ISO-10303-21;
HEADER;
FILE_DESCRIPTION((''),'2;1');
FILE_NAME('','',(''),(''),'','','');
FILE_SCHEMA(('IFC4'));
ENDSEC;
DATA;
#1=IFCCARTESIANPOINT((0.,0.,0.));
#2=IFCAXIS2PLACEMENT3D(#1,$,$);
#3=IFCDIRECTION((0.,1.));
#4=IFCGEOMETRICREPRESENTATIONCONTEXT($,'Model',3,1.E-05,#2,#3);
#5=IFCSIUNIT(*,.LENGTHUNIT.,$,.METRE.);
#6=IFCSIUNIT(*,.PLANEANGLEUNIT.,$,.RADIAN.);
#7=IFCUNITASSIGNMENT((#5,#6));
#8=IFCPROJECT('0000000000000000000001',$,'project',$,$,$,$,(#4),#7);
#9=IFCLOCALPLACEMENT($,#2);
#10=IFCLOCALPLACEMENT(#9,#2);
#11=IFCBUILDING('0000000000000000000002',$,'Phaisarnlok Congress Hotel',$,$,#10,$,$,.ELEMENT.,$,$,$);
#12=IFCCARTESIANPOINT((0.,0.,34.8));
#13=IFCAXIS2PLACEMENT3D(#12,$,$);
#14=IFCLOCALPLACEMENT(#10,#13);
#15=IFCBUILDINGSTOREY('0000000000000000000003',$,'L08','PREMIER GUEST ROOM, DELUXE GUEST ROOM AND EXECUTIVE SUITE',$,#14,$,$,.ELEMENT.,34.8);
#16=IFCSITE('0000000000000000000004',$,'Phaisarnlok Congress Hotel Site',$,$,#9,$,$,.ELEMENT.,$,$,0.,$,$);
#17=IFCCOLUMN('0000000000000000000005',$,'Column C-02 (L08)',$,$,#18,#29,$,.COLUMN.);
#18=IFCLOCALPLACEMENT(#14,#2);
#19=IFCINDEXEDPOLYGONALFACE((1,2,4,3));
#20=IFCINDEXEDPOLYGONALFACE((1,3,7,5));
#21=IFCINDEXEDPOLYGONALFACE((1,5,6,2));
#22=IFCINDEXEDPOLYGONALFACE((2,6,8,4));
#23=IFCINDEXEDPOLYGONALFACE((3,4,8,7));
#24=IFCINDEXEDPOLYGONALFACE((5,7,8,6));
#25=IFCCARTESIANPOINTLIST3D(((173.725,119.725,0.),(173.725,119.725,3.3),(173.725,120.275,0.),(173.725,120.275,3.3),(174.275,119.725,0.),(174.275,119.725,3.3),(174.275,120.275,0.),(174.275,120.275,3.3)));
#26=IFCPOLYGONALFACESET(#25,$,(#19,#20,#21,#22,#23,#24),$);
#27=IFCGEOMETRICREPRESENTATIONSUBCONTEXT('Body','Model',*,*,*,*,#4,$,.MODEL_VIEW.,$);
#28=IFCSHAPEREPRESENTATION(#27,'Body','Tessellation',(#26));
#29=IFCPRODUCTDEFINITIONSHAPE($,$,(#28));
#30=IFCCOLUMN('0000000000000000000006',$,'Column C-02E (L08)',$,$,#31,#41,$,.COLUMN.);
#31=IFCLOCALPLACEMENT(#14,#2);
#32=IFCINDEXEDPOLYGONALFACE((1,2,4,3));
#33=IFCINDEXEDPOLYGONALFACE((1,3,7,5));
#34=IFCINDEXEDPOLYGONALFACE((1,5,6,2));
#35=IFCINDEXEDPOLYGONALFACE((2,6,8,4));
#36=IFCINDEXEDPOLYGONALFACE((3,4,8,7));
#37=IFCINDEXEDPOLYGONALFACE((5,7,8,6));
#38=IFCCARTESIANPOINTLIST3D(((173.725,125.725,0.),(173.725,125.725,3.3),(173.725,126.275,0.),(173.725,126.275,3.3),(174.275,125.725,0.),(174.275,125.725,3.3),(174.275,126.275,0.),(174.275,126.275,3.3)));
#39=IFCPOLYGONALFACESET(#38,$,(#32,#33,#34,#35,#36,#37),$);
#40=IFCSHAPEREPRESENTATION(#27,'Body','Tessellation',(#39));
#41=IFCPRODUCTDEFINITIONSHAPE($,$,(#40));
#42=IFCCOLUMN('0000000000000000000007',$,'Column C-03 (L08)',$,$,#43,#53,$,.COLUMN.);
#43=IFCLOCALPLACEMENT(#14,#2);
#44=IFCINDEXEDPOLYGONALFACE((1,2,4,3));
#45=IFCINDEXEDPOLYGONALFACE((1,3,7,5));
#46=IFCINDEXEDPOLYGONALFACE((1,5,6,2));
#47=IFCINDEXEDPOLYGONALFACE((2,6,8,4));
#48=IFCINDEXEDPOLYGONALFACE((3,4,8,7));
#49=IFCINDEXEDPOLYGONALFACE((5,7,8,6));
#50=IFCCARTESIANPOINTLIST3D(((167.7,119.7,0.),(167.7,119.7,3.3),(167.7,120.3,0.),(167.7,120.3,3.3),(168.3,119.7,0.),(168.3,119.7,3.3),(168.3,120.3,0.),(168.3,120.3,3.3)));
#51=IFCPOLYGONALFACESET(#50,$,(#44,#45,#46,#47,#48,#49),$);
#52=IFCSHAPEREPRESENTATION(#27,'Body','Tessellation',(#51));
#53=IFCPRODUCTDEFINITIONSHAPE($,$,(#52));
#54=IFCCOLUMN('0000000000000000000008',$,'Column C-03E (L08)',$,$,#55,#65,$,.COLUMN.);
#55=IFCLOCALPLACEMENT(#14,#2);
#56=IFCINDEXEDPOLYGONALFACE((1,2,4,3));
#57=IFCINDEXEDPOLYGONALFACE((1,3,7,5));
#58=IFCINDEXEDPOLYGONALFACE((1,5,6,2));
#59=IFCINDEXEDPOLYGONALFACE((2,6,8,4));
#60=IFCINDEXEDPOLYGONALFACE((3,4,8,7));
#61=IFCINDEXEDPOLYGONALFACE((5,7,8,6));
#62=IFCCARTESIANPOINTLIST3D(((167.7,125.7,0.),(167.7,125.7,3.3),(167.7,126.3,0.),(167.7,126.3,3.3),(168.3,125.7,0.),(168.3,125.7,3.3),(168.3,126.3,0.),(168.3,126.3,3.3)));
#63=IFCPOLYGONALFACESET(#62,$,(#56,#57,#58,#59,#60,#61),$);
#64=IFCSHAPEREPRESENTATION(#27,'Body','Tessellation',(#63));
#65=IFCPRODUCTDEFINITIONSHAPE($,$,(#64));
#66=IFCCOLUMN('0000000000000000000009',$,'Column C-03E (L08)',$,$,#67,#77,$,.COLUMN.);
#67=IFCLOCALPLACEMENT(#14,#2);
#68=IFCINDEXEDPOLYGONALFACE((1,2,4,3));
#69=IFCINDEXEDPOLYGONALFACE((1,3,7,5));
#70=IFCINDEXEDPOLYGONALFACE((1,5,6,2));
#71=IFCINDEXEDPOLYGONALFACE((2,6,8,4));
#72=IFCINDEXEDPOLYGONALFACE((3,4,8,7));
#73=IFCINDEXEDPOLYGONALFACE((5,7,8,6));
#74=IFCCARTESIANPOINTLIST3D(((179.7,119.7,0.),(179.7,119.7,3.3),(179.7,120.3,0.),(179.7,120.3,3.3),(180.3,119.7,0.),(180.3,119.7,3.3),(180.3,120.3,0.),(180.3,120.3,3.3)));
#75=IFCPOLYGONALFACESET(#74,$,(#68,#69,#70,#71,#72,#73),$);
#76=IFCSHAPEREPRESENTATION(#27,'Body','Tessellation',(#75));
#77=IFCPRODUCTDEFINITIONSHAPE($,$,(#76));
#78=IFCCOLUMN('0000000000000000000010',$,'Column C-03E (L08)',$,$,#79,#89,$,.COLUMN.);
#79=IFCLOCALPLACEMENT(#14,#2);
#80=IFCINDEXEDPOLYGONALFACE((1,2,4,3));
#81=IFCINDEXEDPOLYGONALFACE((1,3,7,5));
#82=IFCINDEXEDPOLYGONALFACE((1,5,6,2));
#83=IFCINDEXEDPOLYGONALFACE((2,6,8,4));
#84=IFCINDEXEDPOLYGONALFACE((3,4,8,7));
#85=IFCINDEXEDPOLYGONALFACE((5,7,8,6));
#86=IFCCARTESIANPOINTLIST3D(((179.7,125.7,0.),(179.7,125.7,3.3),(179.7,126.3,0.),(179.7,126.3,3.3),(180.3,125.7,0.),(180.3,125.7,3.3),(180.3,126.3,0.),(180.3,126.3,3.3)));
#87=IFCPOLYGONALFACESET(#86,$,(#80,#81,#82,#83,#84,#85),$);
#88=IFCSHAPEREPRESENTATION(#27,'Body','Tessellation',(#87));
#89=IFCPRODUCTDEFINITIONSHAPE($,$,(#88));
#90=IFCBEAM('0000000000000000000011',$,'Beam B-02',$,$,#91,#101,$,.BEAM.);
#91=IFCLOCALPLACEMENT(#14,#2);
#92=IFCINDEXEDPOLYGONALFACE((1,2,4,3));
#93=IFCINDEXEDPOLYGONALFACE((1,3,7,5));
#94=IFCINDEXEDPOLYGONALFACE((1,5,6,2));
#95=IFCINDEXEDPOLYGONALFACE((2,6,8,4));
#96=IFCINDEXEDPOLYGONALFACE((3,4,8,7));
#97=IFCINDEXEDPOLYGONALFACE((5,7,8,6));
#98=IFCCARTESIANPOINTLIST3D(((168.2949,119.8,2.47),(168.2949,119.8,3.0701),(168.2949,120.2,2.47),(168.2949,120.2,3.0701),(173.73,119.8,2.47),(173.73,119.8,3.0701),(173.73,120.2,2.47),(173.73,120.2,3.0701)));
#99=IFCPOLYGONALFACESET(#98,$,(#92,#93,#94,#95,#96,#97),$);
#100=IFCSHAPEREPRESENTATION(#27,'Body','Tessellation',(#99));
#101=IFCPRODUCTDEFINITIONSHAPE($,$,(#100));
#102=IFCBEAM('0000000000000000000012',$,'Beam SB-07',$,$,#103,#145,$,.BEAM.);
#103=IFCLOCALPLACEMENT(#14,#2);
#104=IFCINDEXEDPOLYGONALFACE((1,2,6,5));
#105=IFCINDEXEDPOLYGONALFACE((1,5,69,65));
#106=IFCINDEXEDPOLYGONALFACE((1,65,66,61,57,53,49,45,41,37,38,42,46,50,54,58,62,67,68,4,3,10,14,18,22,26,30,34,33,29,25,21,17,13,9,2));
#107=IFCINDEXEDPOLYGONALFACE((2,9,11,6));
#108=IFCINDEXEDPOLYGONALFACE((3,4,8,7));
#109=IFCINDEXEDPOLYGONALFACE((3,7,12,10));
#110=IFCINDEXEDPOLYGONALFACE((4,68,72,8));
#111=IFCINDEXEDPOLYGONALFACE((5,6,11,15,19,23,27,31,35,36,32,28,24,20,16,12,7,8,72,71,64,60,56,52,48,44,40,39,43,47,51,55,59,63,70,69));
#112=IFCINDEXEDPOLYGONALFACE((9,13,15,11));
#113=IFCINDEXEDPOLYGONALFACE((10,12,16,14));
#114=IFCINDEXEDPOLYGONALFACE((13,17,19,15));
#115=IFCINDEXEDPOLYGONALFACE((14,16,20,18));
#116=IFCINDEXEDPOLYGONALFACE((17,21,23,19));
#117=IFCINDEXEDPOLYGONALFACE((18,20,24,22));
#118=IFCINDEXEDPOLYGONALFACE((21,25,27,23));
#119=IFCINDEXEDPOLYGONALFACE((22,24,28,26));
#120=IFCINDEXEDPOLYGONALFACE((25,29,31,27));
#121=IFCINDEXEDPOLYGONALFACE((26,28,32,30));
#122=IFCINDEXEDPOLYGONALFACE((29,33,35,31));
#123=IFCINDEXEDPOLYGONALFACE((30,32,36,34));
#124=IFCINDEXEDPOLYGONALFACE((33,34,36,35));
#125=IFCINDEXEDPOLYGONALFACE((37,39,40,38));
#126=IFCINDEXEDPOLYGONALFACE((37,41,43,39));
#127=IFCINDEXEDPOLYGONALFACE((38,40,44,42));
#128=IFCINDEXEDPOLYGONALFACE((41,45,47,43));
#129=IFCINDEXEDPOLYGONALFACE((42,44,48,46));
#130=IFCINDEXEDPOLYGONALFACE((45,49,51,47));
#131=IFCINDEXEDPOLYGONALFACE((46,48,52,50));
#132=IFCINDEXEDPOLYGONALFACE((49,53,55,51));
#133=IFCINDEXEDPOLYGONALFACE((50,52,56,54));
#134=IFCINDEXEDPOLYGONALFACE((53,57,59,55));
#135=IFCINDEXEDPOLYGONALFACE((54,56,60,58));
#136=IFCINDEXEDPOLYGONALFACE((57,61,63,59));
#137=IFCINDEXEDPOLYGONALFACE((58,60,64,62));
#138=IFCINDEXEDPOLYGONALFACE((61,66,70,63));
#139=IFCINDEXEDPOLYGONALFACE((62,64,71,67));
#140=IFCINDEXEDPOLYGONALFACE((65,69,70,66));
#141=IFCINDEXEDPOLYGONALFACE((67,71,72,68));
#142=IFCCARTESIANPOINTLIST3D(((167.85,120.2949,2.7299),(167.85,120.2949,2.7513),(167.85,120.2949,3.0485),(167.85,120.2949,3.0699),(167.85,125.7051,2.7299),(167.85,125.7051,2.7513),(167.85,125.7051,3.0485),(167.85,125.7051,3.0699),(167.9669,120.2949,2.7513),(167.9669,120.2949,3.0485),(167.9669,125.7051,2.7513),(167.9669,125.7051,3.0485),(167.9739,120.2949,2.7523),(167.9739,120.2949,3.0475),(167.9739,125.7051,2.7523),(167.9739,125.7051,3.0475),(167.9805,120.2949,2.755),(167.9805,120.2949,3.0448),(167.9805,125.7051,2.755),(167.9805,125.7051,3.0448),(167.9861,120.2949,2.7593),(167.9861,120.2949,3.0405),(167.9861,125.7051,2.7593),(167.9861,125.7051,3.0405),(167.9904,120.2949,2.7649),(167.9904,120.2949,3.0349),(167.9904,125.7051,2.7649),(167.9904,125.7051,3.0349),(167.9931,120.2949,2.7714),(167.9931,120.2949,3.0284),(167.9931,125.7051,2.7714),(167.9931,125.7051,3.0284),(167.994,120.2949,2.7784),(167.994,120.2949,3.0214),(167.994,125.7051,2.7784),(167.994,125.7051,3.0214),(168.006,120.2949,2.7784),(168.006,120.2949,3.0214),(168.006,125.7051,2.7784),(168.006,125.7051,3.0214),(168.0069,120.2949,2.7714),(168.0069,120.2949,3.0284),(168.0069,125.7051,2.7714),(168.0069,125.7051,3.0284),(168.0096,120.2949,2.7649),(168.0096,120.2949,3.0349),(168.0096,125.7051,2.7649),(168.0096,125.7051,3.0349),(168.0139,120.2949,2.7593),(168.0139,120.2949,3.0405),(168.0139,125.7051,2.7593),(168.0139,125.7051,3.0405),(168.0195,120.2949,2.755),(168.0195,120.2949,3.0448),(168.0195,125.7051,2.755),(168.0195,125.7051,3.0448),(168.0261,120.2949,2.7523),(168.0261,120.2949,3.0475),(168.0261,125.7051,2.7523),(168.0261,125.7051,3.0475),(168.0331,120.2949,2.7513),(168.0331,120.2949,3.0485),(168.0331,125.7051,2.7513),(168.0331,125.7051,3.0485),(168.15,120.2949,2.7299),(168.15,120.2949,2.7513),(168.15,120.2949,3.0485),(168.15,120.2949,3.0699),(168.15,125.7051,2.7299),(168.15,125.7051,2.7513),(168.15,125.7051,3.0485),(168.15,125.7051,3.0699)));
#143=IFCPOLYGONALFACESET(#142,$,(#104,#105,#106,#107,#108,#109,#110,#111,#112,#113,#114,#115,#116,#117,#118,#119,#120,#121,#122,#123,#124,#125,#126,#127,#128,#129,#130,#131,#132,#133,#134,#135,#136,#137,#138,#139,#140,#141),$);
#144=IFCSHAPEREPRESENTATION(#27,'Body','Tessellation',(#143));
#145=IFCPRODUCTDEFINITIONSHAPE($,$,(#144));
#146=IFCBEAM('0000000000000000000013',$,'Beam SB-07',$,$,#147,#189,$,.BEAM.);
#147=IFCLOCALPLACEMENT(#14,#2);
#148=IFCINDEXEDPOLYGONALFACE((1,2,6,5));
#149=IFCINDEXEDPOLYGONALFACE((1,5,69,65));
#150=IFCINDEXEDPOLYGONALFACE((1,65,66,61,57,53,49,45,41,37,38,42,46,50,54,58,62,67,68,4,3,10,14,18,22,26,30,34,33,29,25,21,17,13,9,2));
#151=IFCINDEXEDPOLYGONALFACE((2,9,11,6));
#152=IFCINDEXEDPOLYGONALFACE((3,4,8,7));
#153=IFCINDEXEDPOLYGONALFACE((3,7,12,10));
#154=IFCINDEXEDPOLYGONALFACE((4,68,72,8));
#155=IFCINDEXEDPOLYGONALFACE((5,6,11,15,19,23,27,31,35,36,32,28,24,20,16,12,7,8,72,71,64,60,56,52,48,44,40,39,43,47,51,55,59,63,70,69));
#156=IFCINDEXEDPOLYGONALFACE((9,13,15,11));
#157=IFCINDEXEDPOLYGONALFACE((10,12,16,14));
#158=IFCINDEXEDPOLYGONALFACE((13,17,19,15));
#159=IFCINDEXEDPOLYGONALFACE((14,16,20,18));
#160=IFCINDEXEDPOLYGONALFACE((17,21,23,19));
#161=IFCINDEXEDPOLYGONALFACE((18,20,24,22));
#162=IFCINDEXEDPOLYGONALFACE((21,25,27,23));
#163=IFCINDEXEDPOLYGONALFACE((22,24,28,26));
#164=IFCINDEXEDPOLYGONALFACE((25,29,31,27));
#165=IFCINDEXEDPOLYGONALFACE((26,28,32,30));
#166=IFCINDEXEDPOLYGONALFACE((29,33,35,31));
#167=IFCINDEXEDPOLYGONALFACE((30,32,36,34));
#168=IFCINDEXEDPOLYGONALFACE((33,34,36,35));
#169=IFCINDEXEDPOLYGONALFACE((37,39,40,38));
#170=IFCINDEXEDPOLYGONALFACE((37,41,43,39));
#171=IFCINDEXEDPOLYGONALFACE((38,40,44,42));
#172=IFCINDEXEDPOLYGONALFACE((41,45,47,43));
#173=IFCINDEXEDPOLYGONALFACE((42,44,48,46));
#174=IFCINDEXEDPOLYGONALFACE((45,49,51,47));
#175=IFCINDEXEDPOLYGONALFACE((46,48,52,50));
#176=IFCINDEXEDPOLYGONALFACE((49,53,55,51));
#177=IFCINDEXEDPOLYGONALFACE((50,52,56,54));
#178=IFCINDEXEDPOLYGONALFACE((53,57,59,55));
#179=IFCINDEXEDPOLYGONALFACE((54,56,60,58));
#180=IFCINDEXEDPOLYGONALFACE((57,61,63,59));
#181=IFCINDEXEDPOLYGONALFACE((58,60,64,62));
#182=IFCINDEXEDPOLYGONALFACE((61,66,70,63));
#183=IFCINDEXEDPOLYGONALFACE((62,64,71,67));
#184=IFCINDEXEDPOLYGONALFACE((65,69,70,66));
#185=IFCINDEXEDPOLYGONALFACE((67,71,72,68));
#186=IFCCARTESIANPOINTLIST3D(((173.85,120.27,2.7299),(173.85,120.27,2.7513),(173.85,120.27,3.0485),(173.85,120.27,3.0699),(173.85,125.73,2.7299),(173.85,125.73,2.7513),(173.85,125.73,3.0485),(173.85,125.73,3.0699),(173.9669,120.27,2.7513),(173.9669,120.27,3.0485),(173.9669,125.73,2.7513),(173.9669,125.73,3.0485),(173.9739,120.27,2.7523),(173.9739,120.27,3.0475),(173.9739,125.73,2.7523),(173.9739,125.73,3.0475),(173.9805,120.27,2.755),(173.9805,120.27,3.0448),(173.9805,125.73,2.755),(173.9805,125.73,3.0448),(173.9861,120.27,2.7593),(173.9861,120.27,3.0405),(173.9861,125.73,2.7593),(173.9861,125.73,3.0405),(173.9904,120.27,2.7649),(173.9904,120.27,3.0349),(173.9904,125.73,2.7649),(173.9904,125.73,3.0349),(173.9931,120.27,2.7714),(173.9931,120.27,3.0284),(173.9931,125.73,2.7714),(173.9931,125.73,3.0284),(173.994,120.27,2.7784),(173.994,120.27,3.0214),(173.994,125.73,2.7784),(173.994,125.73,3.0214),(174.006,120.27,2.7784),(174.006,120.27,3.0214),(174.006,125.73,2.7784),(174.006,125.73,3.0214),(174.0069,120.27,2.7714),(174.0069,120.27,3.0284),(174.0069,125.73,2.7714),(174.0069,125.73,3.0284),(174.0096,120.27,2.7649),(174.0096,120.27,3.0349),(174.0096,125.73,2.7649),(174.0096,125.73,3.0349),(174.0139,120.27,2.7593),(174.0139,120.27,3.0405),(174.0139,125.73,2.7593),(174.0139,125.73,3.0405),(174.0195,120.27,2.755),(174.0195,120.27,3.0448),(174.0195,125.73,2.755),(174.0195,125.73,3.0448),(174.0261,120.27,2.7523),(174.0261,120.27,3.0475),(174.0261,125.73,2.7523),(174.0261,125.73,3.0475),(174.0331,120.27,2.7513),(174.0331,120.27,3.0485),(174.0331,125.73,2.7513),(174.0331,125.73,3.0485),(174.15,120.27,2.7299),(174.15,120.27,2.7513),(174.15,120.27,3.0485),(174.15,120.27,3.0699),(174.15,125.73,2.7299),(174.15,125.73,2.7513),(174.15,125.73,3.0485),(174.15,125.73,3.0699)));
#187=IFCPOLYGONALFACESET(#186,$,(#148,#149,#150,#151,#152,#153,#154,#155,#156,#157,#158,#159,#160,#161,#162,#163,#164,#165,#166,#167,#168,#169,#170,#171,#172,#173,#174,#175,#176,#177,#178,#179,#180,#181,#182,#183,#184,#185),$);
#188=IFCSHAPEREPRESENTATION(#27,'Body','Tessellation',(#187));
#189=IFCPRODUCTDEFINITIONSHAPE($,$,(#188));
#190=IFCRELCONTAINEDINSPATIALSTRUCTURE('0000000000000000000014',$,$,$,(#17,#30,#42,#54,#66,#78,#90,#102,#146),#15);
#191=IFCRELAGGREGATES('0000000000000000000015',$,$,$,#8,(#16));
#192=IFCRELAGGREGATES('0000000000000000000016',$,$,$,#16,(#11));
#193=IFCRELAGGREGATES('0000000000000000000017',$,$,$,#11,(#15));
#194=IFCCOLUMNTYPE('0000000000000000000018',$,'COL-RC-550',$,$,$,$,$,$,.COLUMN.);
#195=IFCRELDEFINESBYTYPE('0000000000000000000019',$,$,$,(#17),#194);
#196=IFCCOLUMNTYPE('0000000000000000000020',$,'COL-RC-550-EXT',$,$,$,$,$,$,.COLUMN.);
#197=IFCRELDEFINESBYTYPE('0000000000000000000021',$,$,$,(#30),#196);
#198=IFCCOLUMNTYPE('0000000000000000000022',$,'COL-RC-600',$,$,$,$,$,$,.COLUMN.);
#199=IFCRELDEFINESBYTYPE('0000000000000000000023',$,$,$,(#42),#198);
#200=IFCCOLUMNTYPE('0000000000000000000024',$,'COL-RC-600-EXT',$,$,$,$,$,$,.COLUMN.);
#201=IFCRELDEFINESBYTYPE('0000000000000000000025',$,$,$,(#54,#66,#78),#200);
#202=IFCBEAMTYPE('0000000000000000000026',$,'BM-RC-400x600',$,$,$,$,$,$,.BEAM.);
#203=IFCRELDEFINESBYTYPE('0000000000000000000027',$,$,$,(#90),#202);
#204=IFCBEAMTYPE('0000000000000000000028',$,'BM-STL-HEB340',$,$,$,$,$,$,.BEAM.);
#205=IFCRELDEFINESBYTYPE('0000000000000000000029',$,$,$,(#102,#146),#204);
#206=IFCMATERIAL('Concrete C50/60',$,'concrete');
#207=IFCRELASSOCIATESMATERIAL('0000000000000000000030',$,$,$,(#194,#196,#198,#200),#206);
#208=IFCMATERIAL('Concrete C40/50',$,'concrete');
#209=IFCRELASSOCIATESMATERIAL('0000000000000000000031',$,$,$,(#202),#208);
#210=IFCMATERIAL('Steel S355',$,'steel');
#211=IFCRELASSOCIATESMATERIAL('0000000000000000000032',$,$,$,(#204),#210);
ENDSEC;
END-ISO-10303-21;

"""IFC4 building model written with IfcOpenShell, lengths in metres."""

from ifc_helpers import new_model, si_unit, direction, frame, origin, origin_2d, place, context, subcontext, project, spatial, rectangle, i_section, extrude, material, material_profile, profile_set, type_object, element, save


model = new_model("IFC4")

# Units and contexts
model_context = context("Model", 3, precision=1e-05, world=origin(), true_north=direction((0.0, 1.0)))
body_context = subcontext(model_context, "Body", "Model", "MODEL_VIEW")
ifc_project = project(units=[si_unit("LENGTHUNIT", "METRE"), si_unit("PLANEANGLEUNIT", "RADIAN")], contexts=[model_context])

# Site, building, storey
site_placement = place(None, origin())
site = spatial("IfcSite", under=ifc_project, at=site_placement, Name="Phaisarnlok Congress Hotel Site", CompositionType="ELEMENT", RefElevation=0.0)
building_placement = place(site_placement, origin())
building = spatial("IfcBuilding", under=site, at=building_placement, Name="Phaisarnlok Congress Hotel", CompositionType="ELEMENT")
storey_placement = place(building_placement, frame((0.0, 0.0, 34.8)))
storey = spatial("IfcBuildingStorey", under=building, at=storey_placement, Name="L08", Description="PREMIER GUEST ROOM, DELUXE GUEST ROOM AND EXECUTIVE SUITE", CompositionType="ELEMENT", Elevation=34.8)

# Columns
ifc_material_1 = material(Name="Concrete C50/60", Category="concrete")
ifc_material_profile_1 = material_profile(ifc_material_1, rectangle(XDim=0.55, YDim=0.55, at=origin_2d()), Name="RC 550x550")
ifc_profile_set_1 = profile_set([ifc_material_profile_1], Name="Concrete C50/60")
column_type_1 = type_object("IfcColumnType", Name="COL-RC-550", PredefinedType="COLUMN", material=ifc_profile_set_1)
column_1_placement = place(storey_placement, frame((174.0, 120.0, 0.0), z_axis=(0.0, 0.0, 1.0), x_axis=(1.0, 0.0, 0.0)))
element("IfcColumn", 1, at=column_1_placement, inside=storey, type_object=column_type_1, Name="Column C-02 (L08)", PredefinedType="COLUMN", context=body_context, shape_type="SweptSolid", body=[
    extrude(rectangle(XDim=0.55, YDim=0.55, at=origin_2d()), origin(), (0.0, 0.0, 1.0), 3.3),
])
ifc_material_profile_2 = material_profile(ifc_material_1, rectangle(XDim=0.55, YDim=0.55, at=origin_2d()), Name="RC 550x550")
ifc_profile_set_2 = profile_set([ifc_material_profile_2], Name="Concrete C50/60")
column_type_2 = type_object("IfcColumnType", Name="COL-RC-550-EXT", PredefinedType="COLUMN", material=ifc_profile_set_2)
column_2_placement = place(storey_placement, frame((174.0, 126.0, 0.0), z_axis=(0.0, 0.0, 1.0), x_axis=(1.0, 0.0, 0.0)))
element("IfcColumn", 2, at=column_2_placement, inside=storey, type_object=column_type_2, Name="Column C-02E (L08)", PredefinedType="COLUMN", context=body_context, shape_type="SweptSolid", body=[
    extrude(rectangle(XDim=0.55, YDim=0.55, at=origin_2d()), origin(), (0.0, 0.0, 1.0), 3.3),
])
ifc_material_profile_3 = material_profile(ifc_material_1, rectangle(XDim=0.6001, YDim=0.6001, at=origin_2d()), Name="RC 600x600")
ifc_profile_set_3 = profile_set([ifc_material_profile_3], Name="Concrete C50/60")
column_type_3 = type_object("IfcColumnType", Name="COL-RC-600", PredefinedType="COLUMN", material=ifc_profile_set_3)
column_3_placement = place(storey_placement, frame((168.0, 120.0, 0.0), z_axis=(0.0, 0.0, 1.0), x_axis=(1.0, 0.0, 0.0)))
element("IfcColumn", 3, at=column_3_placement, inside=storey, type_object=column_type_3, Name="Column C-03 (L08)", PredefinedType="COLUMN", context=body_context, shape_type="SweptSolid", body=[
    extrude(rectangle(XDim=0.6001, YDim=0.6001, at=origin_2d()), origin(), (0.0, 0.0, 1.0), 3.3),
])
ifc_material_profile_4 = material_profile(ifc_material_1, rectangle(XDim=0.6001, YDim=0.6001, at=origin_2d()), Name="RC 600x600")
ifc_profile_set_4 = profile_set([ifc_material_profile_4], Name="Concrete C50/60")
column_type_4 = type_object("IfcColumnType", Name="COL-RC-600-EXT", PredefinedType="COLUMN", material=ifc_profile_set_4)
for number, where, z_axis, x_axis, name in (
    (4, (168.0, 126.0, 0.0), (0.0, 0.0, 1.0), (1.0, 0.0, 0.0), "Column C-03E (L08)"),
    (5, (180.0, 120.0, 0.0), (0.0, 0.0, 1.0), (1.0, 0.0, 0.0), "Column C-03E (L08)"),
    (6, (180.0, 126.0, 0.0), (0.0, 0.0, 1.0), (1.0, 0.0, 0.0), "Column C-03E (L08)"),
):
    element("IfcColumn", number, at=place(storey_placement, frame(where, z_axis=z_axis, x_axis=x_axis)), inside=storey, type_object=column_type_4, Name=name, PredefinedType="COLUMN", context=body_context, shape_type="SweptSolid", body=[
        extrude(rectangle(XDim=0.6001, YDim=0.6001, at=origin_2d()), origin(), (0.0, 0.0, 1.0), 3.3),
    ])

# Beams
ifc_material_2 = material(Name="Concrete C40/50", Category="concrete")
ifc_material_profile_5 = material_profile(ifc_material_2, rectangle(XDim=0.3999, YDim=0.6001, at=origin_2d()), Name="RC 400x600")
ifc_profile_set_5 = profile_set([ifc_material_profile_5], Name="Concrete C40/50")
beam_type_1 = type_object("IfcBeamType", Name="BM-RC-400x600", PredefinedType="BEAM", material=ifc_profile_set_5)
beam_1_placement = place(storey_placement, frame((168.2949, 120.0, 2.77), z_axis=(1.0, 0.0, 0.0), x_axis=(0.0, 1.0, 0.0)))
element("IfcBeam", 7, at=beam_1_placement, inside=storey, type_object=beam_type_1, Name="Beam B-02", PredefinedType="BEAM", context=body_context, shape_type="SweptSolid", body=[
    extrude(rectangle(XDim=0.3999, YDim=0.6001, at=origin_2d()), origin(), (0.0, 0.0, 1.0), 5.4351),
])
ifc_material_3 = material(Name="Steel S355", Category="steel")
ifc_material_profile_6 = material_profile(ifc_material_3, i_section(OverallWidth=0.3, OverallDepth=0.3401, WebThickness=0.012, FlangeThickness=0.0215, FilletRadius=0.0271, at=origin_2d()), Name="HEB 340")
ifc_profile_set_6 = profile_set([ifc_material_profile_6], Name="Steel S355")
beam_type_2 = type_object("IfcBeamType", Name="BM-STL-HEB340", PredefinedType="BEAM", material=ifc_profile_set_6)
beam_2_placement = place(storey_placement, frame((168.0, 120.2949, 2.8999), z_axis=(0.0, 1.0, 0.0), x_axis=(-1.0, 0.0, 0.0)))
element("IfcBeam", 8, at=beam_2_placement, inside=storey, type_object=beam_type_2, Name="Beam SB-07", PredefinedType="BEAM", context=body_context, shape_type="SweptSolid", body=[
    extrude(i_section(OverallWidth=0.3, OverallDepth=0.3401, WebThickness=0.012, FlangeThickness=0.0215, FilletRadius=0.0271, at=origin_2d()), origin(), (0.0, 0.0, 1.0), 5.4102),
])
beam_3_placement = place(storey_placement, frame((174.0, 120.27, 2.8999), z_axis=(0.0, 1.0, 0.0), x_axis=(-1.0, 0.0, 0.0)))
element("IfcBeam", 9, at=beam_3_placement, inside=storey, type_object=beam_type_2, Name="Beam SB-07", PredefinedType="BEAM", context=body_context, shape_type="SweptSolid", body=[
    extrude(i_section(OverallWidth=0.3, OverallDepth=0.3401, WebThickness=0.012, FlangeThickness=0.0215, FilletRadius=0.0271, at=origin_2d()), origin(), (0.0, 0.0, 1.0), 5.46),
])

save(model, "model.ifc")
